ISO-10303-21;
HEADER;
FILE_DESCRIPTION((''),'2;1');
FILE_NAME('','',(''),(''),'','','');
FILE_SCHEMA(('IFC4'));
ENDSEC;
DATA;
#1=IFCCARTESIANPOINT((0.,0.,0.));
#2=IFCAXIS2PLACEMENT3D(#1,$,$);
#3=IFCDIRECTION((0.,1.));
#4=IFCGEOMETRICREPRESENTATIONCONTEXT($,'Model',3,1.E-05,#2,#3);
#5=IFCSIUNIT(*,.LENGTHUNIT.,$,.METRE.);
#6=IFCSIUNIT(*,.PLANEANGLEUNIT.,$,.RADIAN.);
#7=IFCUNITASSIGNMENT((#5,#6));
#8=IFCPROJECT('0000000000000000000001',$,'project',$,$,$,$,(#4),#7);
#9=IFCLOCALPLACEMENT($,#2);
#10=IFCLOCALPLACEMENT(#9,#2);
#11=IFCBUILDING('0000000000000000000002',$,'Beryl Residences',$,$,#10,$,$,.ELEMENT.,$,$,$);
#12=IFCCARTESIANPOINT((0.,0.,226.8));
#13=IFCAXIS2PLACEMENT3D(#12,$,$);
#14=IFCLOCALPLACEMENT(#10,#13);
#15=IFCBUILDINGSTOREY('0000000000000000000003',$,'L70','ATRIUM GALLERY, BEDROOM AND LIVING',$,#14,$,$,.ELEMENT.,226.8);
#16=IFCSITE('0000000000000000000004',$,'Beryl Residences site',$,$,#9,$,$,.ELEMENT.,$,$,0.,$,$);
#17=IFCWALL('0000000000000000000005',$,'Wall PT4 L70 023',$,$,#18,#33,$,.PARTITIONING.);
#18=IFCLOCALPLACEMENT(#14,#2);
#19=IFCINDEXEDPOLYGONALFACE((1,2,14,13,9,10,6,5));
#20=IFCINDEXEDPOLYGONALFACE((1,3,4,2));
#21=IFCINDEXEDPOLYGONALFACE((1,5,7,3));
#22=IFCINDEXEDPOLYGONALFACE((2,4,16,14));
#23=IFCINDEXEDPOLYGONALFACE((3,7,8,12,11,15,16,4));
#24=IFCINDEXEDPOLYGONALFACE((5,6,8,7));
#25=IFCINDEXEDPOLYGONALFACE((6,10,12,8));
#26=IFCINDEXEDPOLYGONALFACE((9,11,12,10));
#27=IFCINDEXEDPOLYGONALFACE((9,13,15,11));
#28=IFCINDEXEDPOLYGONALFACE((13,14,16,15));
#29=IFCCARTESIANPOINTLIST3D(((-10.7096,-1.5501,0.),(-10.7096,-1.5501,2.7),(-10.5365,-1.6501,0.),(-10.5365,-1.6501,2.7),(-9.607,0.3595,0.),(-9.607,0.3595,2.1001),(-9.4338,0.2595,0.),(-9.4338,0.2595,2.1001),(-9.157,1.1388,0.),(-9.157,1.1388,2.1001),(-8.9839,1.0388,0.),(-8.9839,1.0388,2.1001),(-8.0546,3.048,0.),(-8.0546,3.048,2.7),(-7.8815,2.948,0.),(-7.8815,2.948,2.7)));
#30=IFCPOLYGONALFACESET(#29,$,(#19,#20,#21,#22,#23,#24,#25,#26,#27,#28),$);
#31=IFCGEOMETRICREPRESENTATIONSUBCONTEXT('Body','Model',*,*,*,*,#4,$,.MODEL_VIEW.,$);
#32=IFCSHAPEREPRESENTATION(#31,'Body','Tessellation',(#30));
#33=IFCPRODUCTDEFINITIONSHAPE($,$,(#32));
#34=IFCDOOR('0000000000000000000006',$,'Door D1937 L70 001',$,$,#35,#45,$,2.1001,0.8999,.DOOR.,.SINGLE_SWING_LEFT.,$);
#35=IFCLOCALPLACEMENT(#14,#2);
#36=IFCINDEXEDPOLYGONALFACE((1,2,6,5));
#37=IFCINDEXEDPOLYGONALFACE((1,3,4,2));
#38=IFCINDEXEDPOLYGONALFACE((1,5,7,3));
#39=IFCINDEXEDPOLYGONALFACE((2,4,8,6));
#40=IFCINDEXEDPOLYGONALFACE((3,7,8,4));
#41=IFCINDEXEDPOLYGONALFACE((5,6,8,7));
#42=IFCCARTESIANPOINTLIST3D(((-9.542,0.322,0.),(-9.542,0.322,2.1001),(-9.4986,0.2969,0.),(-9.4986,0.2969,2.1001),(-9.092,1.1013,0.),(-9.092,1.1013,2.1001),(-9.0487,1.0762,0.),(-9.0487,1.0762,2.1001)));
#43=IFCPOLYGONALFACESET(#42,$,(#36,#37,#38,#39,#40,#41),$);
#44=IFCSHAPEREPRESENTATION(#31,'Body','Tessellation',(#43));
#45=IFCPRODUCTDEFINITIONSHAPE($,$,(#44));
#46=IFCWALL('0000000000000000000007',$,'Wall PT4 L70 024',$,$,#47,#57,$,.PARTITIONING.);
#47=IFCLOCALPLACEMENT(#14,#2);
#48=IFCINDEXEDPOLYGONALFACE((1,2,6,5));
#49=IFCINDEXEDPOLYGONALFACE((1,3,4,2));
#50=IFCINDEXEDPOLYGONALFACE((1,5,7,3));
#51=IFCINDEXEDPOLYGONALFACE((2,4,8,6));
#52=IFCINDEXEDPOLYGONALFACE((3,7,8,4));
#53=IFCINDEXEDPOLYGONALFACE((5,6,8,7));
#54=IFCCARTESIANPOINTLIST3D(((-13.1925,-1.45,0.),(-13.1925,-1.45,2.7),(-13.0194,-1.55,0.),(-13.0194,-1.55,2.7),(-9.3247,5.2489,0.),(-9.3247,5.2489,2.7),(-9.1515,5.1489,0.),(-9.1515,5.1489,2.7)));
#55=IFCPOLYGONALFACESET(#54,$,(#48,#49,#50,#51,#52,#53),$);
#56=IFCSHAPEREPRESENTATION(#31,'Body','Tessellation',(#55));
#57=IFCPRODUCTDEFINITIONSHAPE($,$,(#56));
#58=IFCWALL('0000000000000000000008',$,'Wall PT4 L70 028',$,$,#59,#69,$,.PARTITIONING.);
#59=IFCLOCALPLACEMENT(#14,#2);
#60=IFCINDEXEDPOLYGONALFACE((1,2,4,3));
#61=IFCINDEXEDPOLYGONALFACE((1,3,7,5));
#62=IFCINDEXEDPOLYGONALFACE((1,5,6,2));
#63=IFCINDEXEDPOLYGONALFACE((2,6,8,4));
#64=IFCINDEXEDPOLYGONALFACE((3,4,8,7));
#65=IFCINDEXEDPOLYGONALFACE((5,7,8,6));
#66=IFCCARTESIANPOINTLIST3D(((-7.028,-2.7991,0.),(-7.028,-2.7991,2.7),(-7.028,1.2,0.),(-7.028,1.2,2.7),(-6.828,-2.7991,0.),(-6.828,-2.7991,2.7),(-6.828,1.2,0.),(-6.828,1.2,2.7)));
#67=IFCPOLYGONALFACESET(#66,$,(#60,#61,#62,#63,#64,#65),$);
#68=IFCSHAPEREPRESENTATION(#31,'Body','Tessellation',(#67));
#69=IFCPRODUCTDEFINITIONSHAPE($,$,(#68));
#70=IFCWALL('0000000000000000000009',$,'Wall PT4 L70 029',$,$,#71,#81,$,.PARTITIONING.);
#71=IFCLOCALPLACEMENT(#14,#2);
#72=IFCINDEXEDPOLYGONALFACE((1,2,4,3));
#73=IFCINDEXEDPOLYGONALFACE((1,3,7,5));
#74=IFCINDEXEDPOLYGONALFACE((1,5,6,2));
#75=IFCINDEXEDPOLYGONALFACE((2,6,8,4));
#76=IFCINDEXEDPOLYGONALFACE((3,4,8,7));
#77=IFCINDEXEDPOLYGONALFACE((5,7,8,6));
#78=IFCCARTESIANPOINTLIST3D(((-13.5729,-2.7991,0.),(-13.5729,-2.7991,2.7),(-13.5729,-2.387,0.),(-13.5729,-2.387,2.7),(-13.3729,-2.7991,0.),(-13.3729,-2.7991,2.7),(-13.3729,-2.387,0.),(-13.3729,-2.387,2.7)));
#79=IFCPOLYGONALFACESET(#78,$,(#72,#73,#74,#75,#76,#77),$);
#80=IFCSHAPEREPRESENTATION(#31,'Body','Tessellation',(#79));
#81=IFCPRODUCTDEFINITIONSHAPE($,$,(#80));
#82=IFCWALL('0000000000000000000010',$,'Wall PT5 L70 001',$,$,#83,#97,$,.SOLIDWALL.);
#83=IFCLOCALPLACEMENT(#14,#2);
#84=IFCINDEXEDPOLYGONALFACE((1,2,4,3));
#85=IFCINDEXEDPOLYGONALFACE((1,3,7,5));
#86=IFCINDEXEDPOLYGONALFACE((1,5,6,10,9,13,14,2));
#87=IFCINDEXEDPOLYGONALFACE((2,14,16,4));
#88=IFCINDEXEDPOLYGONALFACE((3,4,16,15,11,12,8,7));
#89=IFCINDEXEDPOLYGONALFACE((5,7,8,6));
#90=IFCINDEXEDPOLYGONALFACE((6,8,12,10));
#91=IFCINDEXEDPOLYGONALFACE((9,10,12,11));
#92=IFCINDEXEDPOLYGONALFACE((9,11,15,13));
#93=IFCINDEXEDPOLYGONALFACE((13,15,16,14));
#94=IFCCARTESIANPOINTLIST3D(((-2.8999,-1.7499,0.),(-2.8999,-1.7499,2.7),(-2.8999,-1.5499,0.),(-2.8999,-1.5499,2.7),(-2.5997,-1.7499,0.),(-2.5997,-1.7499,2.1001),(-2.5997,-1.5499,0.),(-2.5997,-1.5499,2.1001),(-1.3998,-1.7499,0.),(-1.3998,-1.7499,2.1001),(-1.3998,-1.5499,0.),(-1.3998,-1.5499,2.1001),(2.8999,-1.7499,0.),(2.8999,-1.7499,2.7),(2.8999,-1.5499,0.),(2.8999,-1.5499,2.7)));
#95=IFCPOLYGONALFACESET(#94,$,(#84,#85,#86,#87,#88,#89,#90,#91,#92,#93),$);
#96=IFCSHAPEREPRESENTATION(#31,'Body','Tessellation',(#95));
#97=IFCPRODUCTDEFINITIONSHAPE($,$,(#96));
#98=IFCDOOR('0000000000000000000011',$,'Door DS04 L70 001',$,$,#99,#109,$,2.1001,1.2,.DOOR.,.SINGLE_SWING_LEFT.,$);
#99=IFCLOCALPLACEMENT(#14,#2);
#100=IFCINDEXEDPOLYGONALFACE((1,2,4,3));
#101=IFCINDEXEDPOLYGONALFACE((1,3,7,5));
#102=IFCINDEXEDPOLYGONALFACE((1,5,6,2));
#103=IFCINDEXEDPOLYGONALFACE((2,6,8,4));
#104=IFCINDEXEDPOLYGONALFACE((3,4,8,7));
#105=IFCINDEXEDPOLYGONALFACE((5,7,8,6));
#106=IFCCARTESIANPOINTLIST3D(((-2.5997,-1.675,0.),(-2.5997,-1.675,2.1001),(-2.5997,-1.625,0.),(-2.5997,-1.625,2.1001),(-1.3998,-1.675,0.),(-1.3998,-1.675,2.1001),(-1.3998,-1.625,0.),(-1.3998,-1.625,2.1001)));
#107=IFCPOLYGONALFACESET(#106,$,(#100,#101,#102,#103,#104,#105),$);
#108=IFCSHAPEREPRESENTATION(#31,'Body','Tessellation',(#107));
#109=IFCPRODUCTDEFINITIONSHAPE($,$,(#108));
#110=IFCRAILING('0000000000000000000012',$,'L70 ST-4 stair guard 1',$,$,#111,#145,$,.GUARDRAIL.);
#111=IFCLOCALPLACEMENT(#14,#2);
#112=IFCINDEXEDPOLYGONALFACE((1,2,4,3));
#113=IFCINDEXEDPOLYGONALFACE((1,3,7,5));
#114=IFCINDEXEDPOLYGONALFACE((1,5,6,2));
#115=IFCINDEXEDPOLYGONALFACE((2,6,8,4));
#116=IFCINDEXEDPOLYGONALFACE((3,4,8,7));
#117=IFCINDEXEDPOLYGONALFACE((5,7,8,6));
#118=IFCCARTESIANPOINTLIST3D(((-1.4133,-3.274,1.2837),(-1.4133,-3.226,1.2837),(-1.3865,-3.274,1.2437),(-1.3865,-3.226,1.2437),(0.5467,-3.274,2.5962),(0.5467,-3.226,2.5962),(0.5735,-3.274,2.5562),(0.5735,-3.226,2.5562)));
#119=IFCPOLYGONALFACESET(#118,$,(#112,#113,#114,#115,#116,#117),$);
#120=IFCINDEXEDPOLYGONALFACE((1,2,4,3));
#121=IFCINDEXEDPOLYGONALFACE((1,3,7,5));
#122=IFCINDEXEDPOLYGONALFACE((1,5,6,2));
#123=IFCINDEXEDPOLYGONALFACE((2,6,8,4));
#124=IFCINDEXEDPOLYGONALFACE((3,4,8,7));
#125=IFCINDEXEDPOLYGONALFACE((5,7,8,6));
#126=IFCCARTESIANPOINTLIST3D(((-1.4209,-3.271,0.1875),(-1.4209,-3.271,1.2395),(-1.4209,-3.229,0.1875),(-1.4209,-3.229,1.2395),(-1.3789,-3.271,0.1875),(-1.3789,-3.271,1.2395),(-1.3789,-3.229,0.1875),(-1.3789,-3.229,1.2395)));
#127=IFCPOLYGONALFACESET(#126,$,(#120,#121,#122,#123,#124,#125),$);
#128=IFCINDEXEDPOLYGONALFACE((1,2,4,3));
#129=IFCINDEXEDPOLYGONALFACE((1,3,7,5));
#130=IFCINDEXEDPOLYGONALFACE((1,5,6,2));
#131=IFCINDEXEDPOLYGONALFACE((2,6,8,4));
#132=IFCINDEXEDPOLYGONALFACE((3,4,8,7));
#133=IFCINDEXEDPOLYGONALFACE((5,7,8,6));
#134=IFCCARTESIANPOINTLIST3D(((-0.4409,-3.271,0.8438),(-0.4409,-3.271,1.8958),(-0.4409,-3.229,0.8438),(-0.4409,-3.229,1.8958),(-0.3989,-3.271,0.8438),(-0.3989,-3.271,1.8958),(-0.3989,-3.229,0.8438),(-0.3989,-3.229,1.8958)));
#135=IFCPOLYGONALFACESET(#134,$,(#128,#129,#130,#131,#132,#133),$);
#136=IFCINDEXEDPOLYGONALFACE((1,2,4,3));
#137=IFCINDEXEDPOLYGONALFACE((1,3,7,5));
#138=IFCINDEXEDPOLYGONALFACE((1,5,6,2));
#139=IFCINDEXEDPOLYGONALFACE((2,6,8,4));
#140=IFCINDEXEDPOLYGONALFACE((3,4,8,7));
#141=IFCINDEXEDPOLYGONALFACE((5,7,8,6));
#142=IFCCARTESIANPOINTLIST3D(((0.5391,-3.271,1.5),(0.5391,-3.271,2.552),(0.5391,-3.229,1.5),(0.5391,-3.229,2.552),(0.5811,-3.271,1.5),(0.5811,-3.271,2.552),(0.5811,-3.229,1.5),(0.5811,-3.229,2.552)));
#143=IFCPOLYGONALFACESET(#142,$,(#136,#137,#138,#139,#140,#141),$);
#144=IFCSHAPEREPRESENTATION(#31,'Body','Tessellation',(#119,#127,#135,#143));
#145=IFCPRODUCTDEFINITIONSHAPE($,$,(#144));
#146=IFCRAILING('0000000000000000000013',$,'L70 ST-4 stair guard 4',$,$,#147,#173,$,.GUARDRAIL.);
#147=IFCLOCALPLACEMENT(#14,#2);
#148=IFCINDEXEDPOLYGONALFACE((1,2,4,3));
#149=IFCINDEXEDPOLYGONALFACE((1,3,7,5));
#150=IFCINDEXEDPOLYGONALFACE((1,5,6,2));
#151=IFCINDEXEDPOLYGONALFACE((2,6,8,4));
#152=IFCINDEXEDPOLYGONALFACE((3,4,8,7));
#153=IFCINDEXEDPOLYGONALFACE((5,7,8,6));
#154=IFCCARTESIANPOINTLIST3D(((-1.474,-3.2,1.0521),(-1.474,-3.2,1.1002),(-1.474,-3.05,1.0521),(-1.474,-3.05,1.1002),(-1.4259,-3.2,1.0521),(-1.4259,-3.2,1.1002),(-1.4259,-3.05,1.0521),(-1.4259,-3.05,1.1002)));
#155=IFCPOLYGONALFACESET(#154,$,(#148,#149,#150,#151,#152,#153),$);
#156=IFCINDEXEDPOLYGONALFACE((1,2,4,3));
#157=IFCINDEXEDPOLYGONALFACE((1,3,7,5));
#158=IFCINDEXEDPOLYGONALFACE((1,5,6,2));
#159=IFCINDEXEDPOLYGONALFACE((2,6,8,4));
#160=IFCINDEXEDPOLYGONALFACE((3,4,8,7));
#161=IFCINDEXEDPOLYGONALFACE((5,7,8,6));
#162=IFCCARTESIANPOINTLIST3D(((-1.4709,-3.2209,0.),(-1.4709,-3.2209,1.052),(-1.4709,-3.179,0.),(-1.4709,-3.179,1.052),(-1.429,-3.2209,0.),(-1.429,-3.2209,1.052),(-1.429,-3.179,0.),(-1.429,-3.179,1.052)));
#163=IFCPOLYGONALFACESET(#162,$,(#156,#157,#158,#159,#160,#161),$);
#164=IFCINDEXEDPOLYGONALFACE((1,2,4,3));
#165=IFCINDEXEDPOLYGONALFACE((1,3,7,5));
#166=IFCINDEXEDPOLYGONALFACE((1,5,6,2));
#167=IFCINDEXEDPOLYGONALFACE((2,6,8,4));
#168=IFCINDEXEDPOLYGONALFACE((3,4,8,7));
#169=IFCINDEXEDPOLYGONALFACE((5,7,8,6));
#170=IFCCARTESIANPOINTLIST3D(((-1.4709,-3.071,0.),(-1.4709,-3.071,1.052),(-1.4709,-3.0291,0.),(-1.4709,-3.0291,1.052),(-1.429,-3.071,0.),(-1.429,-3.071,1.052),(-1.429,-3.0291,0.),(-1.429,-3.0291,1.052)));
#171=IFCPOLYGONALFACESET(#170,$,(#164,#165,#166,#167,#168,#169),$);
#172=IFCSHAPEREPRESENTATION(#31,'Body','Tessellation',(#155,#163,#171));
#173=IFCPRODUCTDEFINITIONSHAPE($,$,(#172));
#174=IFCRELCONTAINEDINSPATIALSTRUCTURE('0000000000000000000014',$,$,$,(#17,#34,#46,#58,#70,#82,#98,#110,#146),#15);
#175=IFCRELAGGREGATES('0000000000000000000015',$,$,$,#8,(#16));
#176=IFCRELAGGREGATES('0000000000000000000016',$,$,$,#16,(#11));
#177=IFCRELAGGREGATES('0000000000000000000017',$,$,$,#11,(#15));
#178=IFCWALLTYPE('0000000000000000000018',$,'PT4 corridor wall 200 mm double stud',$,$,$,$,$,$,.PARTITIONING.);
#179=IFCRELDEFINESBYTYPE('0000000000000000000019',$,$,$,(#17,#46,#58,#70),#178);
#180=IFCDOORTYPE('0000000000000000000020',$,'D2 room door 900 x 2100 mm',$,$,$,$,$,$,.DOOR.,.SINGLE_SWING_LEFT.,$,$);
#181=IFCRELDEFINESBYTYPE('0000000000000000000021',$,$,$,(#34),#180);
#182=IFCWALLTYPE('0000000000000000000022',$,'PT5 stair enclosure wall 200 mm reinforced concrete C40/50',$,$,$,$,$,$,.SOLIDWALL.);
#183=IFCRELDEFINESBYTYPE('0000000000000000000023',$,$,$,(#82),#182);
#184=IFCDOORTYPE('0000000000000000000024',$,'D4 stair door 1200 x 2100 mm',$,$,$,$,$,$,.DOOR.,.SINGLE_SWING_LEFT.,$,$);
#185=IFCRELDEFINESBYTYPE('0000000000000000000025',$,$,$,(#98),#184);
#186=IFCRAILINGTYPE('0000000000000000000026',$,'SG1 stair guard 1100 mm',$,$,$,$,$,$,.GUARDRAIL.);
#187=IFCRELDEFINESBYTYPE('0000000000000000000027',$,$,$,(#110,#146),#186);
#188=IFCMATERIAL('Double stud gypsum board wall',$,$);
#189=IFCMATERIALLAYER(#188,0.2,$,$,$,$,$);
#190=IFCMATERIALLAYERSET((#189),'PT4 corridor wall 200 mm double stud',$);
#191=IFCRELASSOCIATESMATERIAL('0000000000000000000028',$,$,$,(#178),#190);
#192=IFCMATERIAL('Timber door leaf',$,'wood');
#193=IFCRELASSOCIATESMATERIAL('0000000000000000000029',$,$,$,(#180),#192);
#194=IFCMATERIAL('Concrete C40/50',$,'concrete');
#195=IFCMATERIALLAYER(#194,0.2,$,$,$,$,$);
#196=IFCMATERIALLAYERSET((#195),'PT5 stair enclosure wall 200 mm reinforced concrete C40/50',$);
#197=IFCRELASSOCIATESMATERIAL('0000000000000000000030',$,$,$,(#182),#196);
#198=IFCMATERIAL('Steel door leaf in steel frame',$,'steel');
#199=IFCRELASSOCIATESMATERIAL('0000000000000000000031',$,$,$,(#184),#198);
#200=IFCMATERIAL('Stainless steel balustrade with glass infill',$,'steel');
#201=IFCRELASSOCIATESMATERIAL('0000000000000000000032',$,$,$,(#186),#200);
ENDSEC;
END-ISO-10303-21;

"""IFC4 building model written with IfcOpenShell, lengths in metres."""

from ifc_helpers import new_model, si_unit, direction, frame, frame_2d, origin, origin_2d, place, context, subcontext, project, spatial, rectangle, extrude, material, layer, layer_set, type_object, element, fill, save


model = new_model("IFC4")

# Units and contexts
model_context = context("Model", 3, precision=1e-05, world=origin(), true_north=direction((0.0, 1.0)))
body_context = subcontext(model_context, "Body", "Model", "MODEL_VIEW")
ifc_project = project(units=[si_unit("LENGTHUNIT", "METRE"), si_unit("PLANEANGLEUNIT", "RADIAN")], contexts=[model_context])

# Site, building, storey
site_placement = place(None, origin())
site = spatial("IfcSite", under=ifc_project, at=site_placement, Name="Beryl Residences site", CompositionType="ELEMENT", RefElevation=0.0)
building_placement = place(site_placement, origin())
building = spatial("IfcBuilding", under=site, at=building_placement, Name="Beryl Residences", CompositionType="ELEMENT")
storey_placement = place(building_placement, frame((0.0, 0.0, 226.8)))
storey = spatial("IfcBuildingStorey", under=building, at=storey_placement, Name="L70", Description="ATRIUM GALLERY, BEDROOM AND LIVING", CompositionType="ELEMENT", Elevation=226.8)

# Shared definitions
ifc_material_1 = material(Name="Double stud gypsum board wall")
ifc_layer_1 = layer(ifc_material_1, 0.2)
ifc_layer_set_1 = layer_set([ifc_layer_1], Name="PT4 corridor wall 200 mm double stud")
wall_type_1 = type_object("IfcWallType", Name="PT4 corridor wall 200 mm double stud", PredefinedType="PARTITIONING", material=ifc_layer_set_1)

# Wall, opening, door
wall_1_placement = place(storey_placement, frame((-10.623, -1.6001, 0.0), z_axis=(0.0, 0.0, 1.0), x_axis=(0.500041, 0.866002, 0.0)))
wall_1 = element("IfcWall", 1, at=wall_1_placement, inside=storey, type_object=wall_type_1, Name="Wall PT4 L70 023", PredefinedType="PARTITIONING", context=body_context, shape_type="SweptSolid", body=[
    extrude(rectangle(XDim=5.3096, YDim=0.2, at=frame_2d((2.6548, 0.0))), origin(), (0.0, 0.0, 1.0), 2.7),
])
opening_1_placement = place(wall_1_placement, frame((2.2051, 0.0, 0.0)))
opening_1 = element("IfcOpeningElement", 2, at=opening_1_placement, cuts=wall_1, PredefinedType="OPENING", context=body_context, shape_type="SweptSolid", body=[
    extrude(rectangle(XDim=0.8999, YDim=2.1001, at=frame_2d((0.45, 1.05))), frame((0.0, 0.1099, 0.0), z_axis=(0.0, -1.0, 0.0), x_axis=(1.0, 0.0, 0.0)), (0.0, 0.0, 1.0), 0.22),
])
ifc_material_2 = material(Name="Timber door leaf", Category="wood")
door_type_1 = type_object("IfcDoorType", Name="D2 room door 900 x 2100 mm", OperationType="SINGLE_SWING_LEFT", PredefinedType="DOOR", material=ifc_material_2)
door_1_placement = place(opening_1_placement, origin())
door_1 = element("IfcDoor", 3, at=door_1_placement, inside=storey, type_object=door_type_1, Name="Door D1937 L70 001", OperationType="SINGLE_SWING_LEFT", OverallHeight=2.1001, OverallWidth=0.8999, PredefinedType="DOOR", context=body_context, shape_type="SweptSolid", body=[
    extrude(rectangle(XDim=0.8999, YDim=2.1001, at=frame_2d((0.45, 1.05))), frame((0.0, 0.0249, 0.0), z_axis=(0.0, -1.0, 0.0), x_axis=(1.0, 0.0, 0.0)), (0.0, 0.0, 1.0), 0.05),
])
fill(opening_1, door_1)

# Walls
wall_2_placement = place(storey_placement, frame((-13.106, -1.5, 0.0), z_axis=(0.0, 0.0, 1.0), x_axis=(0.500026, 0.866011, 0.0)))
element("IfcWall", 4, at=wall_2_placement, inside=storey, type_object=wall_type_1, Name="Wall PT4 L70 024", PredefinedType="PARTITIONING", context=body_context, shape_type="SweptSolid", body=[
    extrude(rectangle(XDim=7.7354, YDim=0.2, at=frame_2d((3.8677, 0.0))), origin(), (0.0, 0.0, 1.0), 2.7),
])
wall_3_placement = place(storey_placement, frame((-6.928, -2.7991, 0.0), z_axis=(0.0, 0.0, 1.0), x_axis=(0.0, 1.0, 0.0)))
element("IfcWall", 5, at=wall_3_placement, inside=storey, type_object=wall_type_1, Name="Wall PT4 L70 028", PredefinedType="PARTITIONING", context=body_context, shape_type="SweptSolid", body=[
    extrude(rectangle(XDim=3.999, YDim=0.2, at=frame_2d((1.9995, 0.0))), origin(), (0.0, 0.0, 1.0), 2.7),
])
wall_4_placement = place(storey_placement, frame((-13.4729, -2.7991, 0.0), z_axis=(0.0, 0.0, 1.0), x_axis=(0.0, 1.0, 0.0)))
element("IfcWall", 6, at=wall_4_placement, inside=storey, type_object=wall_type_1, Name="Wall PT4 L70 029", PredefinedType="PARTITIONING", context=body_context, shape_type="SweptSolid", body=[
    extrude(rectangle(XDim=0.4121, YDim=0.2, at=frame_2d((0.2061, 0.0))), origin(), (0.0, 0.0, 1.0), 2.7),
])

# Wall, opening, door
ifc_material_3 = material(Name="Concrete C40/50", Category="concrete")
ifc_layer_2 = layer(ifc_material_3, 0.2)
ifc_layer_set_2 = layer_set([ifc_layer_2], Name="PT5 stair enclosure wall 200 mm reinforced concrete C40/50")
wall_type_2 = type_object("IfcWallType", Name="PT5 stair enclosure wall 200 mm reinforced concrete C40/50", PredefinedType="SOLIDWALL", material=ifc_layer_set_2)
wall_5_placement = place(storey_placement, frame((-2.8999, -1.6499, 0.0), z_axis=(0.0, 0.0, 1.0), x_axis=(1.0, 0.0, 0.0)))
wall_5 = element("IfcWall", 7, at=wall_5_placement, inside=storey, type_object=wall_type_2, Name="Wall PT5 L70 001", PredefinedType="SOLIDWALL", context=body_context, shape_type="SweptSolid", body=[
    extrude(rectangle(XDim=5.7998, YDim=0.2, at=frame_2d((2.8999, 0.0))), origin(), (0.0, 0.0, 1.0), 2.7),
])
opening_2_placement = place(wall_5_placement, frame((0.3, 0.0, 0.0)))
opening_2 = element("IfcOpeningElement", 8, at=opening_2_placement, cuts=wall_5, PredefinedType="OPENING", context=body_context, shape_type="SweptSolid", body=[
    extrude(rectangle(XDim=1.2, YDim=2.1001, at=frame_2d((0.6001, 1.05))), frame((0.0, 0.1099, 0.0), z_axis=(0.0, -1.0, 0.0), x_axis=(1.0, 0.0, 0.0)), (0.0, 0.0, 1.0), 0.22),
])
ifc_material_4 = material(Name="Steel door leaf in steel frame", Category="steel")
door_type_2 = type_object("IfcDoorType", Name="D4 stair door 1200 x 2100 mm", OperationType="SINGLE_SWING_LEFT", PredefinedType="DOOR", material=ifc_material_4)
door_2_placement = place(opening_2_placement, origin())
door_2 = element("IfcDoor", 9, at=door_2_placement, inside=storey, type_object=door_type_2, Name="Door DS04 L70 001", OperationType="SINGLE_SWING_LEFT", OverallHeight=2.1001, OverallWidth=1.2, PredefinedType="DOOR", context=body_context, shape_type="SweptSolid", body=[
    extrude(rectangle(XDim=1.2, YDim=2.1001, at=frame_2d((0.6001, 1.05))), frame((0.0, 0.0249, 0.0), z_axis=(0.0, -1.0, 0.0), x_axis=(1.0, 0.0, 0.0)), (0.0, 0.0, 1.0), 0.05),
])
fill(opening_2, door_2)

# Railings
ifc_material_5 = material(Name="Stainless steel balustrade with glass infill", Category="steel")
railing_type = type_object("IfcRailingType", Name="SG1 stair guard 1100 mm", PredefinedType="GUARDRAIL", material=ifc_material_5)
railing_1_placement = place(storey_placement, frame((-1.3999, -3.25, 0.1875)))
element("IfcRailing", 10, at=railing_1_placement, inside=storey, type_object=railing_type, Name="L70 ST-4 stair guard 1", PredefinedType="GUARDRAIL", context=body_context, shape_type="SweptSolid", body=[
    extrude(rectangle(XDim=0.0481, YDim=0.0481, at=origin_2d()), frame((0.0, 0.0, 1.0762), z_axis=(0.830902, 0.0, 0.556419), x_axis=(0.0, 1.0, 0.0)), (0.0, 0.0, 1.0), 2.3589),
    extrude(rectangle(XDim=0.042, YDim=0.042, at=origin_2d()), origin(), (0.0, 0.0, 1.0), 1.052),
    extrude(rectangle(XDim=0.042, YDim=0.042, at=origin_2d()), frame((0.98, 0.0, 0.6562)), (0.0, 0.0, 1.0), 1.052),
    extrude(rectangle(XDim=0.042, YDim=0.042, at=origin_2d()), frame((1.96, 0.0, 1.3125)), (0.0, 0.0, 1.0), 1.052),
])
railing_2_placement = place(storey_placement, frame((-1.45, -3.2, 0.0)))
element("IfcRailing", 11, at=railing_2_placement, inside=storey, type_object=railing_type, Name="L70 ST-4 stair guard 4", PredefinedType="GUARDRAIL", context=body_context, shape_type="SweptSolid", body=[
    extrude(rectangle(XDim=0.0481, YDim=0.0481, at=origin_2d()), frame((0.0, 0.0, 1.0762), z_axis=(0.0, 1.0, 0.0), x_axis=(-1.0, 0.0, 0.0)), (0.0, 0.0, 1.0), 0.1499),
    extrude(rectangle(XDim=0.042, YDim=0.042, at=origin_2d()), origin(), (0.0, 0.0, 1.0), 1.052),
    extrude(rectangle(XDim=0.042, YDim=0.042, at=origin_2d()), frame((0.0, 0.1499, 0.0)), (0.0, 0.0, 1.0), 1.052),
])

save(model, "model.ifc")
